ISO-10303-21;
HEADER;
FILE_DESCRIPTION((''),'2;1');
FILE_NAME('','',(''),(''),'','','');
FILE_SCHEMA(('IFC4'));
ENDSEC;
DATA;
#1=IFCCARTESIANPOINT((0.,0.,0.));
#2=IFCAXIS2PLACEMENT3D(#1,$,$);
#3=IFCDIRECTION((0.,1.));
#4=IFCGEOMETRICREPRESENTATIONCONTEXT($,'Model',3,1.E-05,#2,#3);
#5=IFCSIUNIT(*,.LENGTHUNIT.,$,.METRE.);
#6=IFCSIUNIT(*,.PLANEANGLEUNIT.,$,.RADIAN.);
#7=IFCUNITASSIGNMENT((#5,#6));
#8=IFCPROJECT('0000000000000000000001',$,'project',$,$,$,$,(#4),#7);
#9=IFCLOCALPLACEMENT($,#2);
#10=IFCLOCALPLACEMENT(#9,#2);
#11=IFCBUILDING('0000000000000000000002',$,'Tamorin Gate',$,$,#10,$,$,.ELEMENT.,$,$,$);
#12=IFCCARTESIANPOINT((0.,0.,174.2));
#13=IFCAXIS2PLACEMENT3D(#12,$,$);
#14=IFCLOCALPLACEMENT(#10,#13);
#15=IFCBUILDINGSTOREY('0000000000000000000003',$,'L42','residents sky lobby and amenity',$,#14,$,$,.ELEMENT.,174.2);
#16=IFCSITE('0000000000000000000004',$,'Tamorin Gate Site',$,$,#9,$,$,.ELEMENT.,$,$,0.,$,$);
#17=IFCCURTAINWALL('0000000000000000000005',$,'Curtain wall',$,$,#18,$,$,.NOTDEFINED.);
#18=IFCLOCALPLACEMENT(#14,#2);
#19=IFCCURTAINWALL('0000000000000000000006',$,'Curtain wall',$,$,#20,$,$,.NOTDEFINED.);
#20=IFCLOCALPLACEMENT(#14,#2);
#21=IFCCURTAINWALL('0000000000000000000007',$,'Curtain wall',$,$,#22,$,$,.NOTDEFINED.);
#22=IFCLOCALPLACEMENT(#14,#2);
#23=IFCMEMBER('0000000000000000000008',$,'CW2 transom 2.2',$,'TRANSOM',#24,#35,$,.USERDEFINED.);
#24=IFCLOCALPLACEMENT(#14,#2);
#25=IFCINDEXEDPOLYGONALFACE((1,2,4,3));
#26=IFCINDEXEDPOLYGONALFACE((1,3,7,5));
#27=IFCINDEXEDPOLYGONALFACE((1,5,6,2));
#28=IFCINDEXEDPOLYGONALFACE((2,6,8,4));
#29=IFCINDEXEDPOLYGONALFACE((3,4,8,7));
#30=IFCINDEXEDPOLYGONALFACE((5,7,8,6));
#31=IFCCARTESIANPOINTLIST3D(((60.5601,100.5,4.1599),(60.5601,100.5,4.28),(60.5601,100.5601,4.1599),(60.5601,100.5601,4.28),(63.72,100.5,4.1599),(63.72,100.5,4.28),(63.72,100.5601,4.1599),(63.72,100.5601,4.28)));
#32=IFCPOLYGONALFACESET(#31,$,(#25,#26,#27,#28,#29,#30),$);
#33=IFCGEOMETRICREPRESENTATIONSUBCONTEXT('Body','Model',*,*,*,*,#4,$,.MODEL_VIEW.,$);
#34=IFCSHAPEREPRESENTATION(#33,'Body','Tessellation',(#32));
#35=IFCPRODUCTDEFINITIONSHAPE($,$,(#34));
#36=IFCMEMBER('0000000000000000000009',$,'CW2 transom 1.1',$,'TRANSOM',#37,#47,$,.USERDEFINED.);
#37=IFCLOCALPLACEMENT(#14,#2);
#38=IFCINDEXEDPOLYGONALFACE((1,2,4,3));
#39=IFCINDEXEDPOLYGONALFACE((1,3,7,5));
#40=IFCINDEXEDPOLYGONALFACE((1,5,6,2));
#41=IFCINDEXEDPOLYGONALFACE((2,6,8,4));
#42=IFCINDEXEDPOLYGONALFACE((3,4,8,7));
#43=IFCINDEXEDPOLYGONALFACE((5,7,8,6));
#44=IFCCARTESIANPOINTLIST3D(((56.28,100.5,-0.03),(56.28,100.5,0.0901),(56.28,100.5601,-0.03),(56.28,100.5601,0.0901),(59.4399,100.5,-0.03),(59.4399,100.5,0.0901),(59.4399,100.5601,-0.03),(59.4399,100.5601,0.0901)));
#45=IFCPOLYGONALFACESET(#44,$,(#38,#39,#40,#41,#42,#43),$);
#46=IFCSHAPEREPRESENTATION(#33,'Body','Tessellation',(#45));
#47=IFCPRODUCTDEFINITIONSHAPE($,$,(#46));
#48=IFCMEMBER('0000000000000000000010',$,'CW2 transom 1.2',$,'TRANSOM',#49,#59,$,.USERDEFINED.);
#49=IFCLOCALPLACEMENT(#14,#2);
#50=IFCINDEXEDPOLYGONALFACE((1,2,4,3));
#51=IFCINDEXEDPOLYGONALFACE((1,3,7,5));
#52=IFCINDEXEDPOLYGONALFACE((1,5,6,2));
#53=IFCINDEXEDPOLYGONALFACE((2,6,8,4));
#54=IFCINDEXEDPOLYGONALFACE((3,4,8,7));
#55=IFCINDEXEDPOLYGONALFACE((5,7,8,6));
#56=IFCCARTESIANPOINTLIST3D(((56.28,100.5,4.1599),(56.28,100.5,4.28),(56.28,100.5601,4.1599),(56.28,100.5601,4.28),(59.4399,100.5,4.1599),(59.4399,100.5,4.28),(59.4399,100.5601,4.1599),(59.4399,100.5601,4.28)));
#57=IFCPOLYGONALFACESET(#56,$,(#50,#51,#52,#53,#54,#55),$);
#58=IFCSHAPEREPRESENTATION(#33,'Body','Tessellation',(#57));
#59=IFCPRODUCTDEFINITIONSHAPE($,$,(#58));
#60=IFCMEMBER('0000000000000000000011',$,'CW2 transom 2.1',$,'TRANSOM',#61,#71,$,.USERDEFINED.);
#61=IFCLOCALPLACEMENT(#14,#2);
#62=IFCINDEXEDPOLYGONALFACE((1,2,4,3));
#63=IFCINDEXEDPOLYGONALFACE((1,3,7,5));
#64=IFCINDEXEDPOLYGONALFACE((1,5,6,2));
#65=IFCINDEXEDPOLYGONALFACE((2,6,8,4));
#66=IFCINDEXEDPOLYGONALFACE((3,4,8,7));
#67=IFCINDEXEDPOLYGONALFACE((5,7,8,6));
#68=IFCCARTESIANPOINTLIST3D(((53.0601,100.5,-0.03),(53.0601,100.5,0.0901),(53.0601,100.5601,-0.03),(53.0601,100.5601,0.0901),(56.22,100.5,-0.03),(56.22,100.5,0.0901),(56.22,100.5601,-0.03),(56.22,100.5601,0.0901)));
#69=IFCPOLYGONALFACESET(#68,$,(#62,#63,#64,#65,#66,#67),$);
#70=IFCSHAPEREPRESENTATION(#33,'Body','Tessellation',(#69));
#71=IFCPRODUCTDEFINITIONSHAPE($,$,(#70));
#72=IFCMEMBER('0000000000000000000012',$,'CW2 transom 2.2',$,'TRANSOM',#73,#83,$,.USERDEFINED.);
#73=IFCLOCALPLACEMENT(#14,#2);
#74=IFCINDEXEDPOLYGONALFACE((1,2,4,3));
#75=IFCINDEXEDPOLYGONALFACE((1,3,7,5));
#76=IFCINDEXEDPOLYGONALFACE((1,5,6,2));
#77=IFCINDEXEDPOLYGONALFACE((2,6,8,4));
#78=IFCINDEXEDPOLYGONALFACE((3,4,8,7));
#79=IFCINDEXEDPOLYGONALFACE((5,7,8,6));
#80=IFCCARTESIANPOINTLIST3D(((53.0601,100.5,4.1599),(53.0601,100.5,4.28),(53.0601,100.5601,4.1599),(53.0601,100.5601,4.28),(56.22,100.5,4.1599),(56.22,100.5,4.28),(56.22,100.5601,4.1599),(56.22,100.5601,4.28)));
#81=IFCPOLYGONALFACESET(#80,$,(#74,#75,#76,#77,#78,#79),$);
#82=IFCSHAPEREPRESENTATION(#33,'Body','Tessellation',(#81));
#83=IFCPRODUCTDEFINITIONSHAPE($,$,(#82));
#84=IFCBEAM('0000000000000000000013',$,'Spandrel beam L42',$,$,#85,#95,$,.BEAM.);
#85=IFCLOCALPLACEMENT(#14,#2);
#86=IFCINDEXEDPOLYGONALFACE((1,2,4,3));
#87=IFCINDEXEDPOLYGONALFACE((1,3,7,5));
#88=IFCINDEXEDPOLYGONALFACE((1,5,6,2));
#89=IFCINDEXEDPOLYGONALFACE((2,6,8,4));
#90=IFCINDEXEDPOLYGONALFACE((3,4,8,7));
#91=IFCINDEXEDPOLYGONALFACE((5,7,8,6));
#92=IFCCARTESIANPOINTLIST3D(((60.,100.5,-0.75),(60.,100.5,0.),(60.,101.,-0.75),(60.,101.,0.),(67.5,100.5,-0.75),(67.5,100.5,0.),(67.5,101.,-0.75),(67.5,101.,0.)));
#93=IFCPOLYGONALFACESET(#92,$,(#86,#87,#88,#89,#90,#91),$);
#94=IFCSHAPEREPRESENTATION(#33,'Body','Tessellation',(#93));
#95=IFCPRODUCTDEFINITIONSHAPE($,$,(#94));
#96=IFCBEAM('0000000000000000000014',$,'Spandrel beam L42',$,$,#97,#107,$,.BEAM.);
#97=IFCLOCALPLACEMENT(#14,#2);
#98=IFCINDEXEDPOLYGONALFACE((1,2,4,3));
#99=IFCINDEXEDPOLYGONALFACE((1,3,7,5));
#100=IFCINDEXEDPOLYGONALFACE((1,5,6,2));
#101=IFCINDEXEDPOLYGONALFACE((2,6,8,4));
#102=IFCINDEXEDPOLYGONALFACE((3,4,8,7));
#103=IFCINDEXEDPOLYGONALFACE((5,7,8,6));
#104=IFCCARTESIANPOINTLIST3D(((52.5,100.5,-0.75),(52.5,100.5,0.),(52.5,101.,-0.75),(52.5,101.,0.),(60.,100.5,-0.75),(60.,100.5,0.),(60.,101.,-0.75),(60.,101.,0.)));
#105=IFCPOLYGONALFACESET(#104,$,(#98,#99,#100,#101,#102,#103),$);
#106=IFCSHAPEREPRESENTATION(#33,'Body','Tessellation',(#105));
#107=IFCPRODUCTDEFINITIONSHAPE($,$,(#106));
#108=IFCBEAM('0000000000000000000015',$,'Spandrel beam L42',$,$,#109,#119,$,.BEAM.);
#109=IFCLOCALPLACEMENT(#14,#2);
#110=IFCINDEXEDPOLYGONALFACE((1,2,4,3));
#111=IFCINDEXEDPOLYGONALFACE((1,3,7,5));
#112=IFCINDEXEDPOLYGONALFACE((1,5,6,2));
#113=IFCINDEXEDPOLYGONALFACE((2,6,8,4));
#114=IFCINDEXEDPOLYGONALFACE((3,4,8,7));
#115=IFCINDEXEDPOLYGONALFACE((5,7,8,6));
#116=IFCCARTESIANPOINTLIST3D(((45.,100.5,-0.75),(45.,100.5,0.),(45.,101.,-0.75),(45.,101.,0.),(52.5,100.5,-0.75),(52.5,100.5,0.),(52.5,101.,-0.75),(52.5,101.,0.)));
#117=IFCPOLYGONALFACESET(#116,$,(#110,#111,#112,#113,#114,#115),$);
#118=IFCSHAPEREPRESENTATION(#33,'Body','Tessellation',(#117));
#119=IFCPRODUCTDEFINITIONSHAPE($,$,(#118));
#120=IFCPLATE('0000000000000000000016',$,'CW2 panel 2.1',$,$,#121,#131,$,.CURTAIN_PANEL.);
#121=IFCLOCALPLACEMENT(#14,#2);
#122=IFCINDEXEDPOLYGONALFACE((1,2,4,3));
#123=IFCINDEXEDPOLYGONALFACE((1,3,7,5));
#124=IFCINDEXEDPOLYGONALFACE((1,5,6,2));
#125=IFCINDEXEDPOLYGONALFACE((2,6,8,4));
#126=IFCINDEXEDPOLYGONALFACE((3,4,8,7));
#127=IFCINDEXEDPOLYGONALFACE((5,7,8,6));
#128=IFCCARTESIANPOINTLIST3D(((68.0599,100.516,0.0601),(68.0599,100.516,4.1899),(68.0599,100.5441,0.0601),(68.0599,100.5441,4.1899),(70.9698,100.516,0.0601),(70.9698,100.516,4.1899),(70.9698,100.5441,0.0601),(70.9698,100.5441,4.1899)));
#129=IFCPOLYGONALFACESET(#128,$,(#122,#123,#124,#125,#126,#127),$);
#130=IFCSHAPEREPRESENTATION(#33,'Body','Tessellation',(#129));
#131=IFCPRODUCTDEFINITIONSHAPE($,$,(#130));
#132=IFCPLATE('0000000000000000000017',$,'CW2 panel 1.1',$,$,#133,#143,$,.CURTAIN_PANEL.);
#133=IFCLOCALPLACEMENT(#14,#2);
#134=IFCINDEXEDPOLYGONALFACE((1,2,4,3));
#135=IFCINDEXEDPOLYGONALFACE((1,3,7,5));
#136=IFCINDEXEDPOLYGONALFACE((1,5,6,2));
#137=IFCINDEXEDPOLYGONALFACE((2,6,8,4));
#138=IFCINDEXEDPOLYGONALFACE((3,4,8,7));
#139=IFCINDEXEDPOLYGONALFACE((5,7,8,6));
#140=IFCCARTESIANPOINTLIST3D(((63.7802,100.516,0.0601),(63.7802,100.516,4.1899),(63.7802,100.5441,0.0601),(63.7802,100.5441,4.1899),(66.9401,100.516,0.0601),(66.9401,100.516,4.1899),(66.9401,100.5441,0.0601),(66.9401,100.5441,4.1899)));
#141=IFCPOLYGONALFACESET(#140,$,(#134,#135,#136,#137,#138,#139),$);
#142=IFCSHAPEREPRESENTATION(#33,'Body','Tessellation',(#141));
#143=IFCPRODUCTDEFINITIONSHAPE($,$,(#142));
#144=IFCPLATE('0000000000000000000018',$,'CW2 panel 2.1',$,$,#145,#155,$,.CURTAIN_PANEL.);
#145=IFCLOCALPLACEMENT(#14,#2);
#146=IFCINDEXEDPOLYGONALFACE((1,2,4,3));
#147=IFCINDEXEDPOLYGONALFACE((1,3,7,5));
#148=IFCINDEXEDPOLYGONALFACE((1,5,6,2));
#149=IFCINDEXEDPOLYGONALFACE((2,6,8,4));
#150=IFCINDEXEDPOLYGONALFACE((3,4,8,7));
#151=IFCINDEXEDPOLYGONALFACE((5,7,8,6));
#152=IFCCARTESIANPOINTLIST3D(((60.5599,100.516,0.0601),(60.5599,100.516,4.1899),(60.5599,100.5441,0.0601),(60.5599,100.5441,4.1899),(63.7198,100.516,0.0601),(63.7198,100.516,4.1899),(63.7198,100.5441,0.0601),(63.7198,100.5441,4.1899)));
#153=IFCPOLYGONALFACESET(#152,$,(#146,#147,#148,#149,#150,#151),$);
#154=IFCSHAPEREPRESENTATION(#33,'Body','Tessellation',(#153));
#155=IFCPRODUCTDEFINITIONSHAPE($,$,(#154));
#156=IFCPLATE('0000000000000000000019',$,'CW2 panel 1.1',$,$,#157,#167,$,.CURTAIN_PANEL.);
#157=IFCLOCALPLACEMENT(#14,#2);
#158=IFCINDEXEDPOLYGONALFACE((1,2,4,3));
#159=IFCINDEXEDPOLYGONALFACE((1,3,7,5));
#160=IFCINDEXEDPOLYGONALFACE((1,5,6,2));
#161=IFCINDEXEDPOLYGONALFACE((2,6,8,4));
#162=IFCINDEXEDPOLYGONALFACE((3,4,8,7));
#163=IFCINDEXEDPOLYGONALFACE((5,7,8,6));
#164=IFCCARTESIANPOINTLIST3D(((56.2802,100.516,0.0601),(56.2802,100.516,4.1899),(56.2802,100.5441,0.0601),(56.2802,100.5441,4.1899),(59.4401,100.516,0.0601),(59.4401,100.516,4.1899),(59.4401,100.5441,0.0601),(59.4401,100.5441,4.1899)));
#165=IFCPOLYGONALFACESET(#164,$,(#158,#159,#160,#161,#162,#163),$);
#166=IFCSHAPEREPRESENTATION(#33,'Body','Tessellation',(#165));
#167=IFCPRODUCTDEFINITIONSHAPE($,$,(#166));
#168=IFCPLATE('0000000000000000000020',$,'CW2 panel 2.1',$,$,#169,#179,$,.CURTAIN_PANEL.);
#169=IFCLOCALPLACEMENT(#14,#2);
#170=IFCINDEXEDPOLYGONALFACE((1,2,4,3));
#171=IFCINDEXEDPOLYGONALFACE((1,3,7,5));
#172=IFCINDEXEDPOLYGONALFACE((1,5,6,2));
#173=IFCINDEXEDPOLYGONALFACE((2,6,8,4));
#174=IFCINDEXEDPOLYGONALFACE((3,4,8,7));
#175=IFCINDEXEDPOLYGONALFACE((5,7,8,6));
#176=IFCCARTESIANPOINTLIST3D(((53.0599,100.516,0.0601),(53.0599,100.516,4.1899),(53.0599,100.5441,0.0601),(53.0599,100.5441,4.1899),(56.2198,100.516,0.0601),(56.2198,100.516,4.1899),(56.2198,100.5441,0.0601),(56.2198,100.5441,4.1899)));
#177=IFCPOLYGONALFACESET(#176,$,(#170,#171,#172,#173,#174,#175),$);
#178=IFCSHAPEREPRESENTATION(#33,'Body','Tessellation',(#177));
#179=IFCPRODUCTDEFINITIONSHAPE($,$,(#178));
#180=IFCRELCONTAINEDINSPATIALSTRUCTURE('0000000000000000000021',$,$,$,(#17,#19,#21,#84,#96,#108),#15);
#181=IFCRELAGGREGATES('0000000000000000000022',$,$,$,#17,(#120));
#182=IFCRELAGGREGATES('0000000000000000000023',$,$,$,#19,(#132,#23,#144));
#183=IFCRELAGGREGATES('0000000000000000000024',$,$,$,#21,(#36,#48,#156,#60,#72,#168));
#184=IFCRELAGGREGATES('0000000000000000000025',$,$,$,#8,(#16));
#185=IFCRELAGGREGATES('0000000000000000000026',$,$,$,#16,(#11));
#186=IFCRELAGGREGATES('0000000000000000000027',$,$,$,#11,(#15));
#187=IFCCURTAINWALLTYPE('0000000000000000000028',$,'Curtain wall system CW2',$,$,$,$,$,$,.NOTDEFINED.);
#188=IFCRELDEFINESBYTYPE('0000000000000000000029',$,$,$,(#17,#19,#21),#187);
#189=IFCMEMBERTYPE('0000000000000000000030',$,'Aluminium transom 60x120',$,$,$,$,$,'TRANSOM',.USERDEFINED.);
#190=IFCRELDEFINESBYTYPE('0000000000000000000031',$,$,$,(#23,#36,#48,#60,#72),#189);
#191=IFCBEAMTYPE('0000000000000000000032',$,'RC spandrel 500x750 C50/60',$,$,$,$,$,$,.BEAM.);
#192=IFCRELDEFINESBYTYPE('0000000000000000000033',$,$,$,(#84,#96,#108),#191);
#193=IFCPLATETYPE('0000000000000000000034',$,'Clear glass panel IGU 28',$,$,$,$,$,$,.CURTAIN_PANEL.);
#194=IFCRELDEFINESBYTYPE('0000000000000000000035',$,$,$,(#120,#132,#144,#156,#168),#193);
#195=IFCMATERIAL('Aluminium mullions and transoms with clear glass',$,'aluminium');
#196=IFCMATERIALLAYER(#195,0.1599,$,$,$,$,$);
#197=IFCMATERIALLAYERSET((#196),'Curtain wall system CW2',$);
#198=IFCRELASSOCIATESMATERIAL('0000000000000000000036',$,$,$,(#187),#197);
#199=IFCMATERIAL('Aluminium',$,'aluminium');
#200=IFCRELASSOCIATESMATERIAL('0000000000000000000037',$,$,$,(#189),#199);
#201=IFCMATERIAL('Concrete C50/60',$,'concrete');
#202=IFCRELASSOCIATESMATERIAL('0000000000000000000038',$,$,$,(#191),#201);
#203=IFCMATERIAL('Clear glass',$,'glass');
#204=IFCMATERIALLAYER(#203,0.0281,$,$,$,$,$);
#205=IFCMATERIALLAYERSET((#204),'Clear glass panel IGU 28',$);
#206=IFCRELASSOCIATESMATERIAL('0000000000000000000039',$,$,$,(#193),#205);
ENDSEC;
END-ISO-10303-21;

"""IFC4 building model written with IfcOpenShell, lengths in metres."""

from ifc_helpers import new_model, si_unit, direction, frame, origin, origin_2d, place, context, subcontext, project, spatial, rectangle, extrude, material, layer, layer_set, material_profile, profile_set, type_object, element, aggregate, save


model = new_model("IFC4")

# Units and contexts
model_context = context("Model", 3, precision=1e-05, world=origin(), true_north=direction((0.0, 1.0)))
body_context = subcontext(model_context, "Body", "Model", "MODEL_VIEW")
ifc_project = project(units=[si_unit("LENGTHUNIT", "METRE"), si_unit("PLANEANGLEUNIT", "RADIAN")], contexts=[model_context])

# Site, building, storey
site_placement = place(None, origin())
site = spatial("IfcSite", under=ifc_project, at=site_placement, Name="Tamorin Gate Site", CompositionType="ELEMENT", RefElevation=0.0)
building_placement = place(site_placement, origin())
building = spatial("IfcBuilding", under=site, at=building_placement, Name="Tamorin Gate", CompositionType="ELEMENT")
storey_placement = place(building_placement, frame((0.0, 0.0, 174.2)))
storey = spatial("IfcBuildingStorey", under=building, at=storey_placement, Name="L42", Description="residents sky lobby and amenity", CompositionType="ELEMENT", Elevation=174.2)

# Curtain wall
ifc_material_1 = material(Name="Aluminium mullions and transoms with clear glass", Category="aluminium")
ifc_layer_1 = layer(ifc_material_1, 0.1599)
ifc_layer_set_1 = layer_set([ifc_layer_1], Name="Curtain wall system CW2")
curtain_wall_type = type_object("IfcCurtainWallType", Name="Curtain wall system CW2", PredefinedType="NOTDEFINED", material=ifc_layer_set_1)
curtain_wall_1_placement = place(storey_placement, origin())
curtain_wall_1 = element("IfcCurtainWall", 1, at=curtain_wall_1_placement, inside=storey, type_object=curtain_wall_type, Name="Curtain wall", PredefinedType="NOTDEFINED")
ifc_material_2 = material(Name="Aluminium", Category="aluminium")

# Curtain walls
curtain_wall_2_placement = place(storey_placement, origin())
curtain_wall_2 = element("IfcCurtainWall", 2, at=curtain_wall_2_placement, inside=storey, type_object=curtain_wall_type, Name="Curtain wall", PredefinedType="NOTDEFINED")
curtain_wall_3_placement = place(storey_placement, origin())
curtain_wall_3 = element("IfcCurtainWall", 3, at=curtain_wall_3_placement, inside=storey, type_object=curtain_wall_type, Name="Curtain wall", PredefinedType="NOTDEFINED")

# Members
ifc_material_profile_1 = material_profile(ifc_material_2, rectangle(XDim=0.0601, YDim=0.1201, at=origin_2d()), Name="RECT 60x120")
ifc_profile_set_1 = profile_set([ifc_material_profile_1], Name="Aluminium")
member_type_1 = type_object("IfcMemberType", Name="Aluminium transom 60x120", ElementType="TRANSOM", PredefinedType="USERDEFINED", material=ifc_profile_set_1)
member_1_placement = place(storey_placement, frame((63.72, 100.53, 4.22), z_axis=(-1.0, 0.0, 0.0), x_axis=(0.0, -1.0, 0.0)))
member_1 = element("IfcMember", 4, at=member_1_placement, type_object=member_type_1, Name="CW2 transom 2.2", ObjectType="TRANSOM", PredefinedType="USERDEFINED", context=body_context, shape_type="SweptSolid", body=[
    extrude(rectangle(XDim=0.0601, YDim=0.1201, at=origin_2d()), origin(), (0.0, 0.0, 1.0), 3.1599),
])
member_2_placement = place(storey_placement, frame((59.4399, 100.53, 0.03), z_axis=(-1.0, 0.0, 0.0), x_axis=(0.0, -1.0, 0.0)))
member_2 = element("IfcMember", 5, at=member_2_placement, type_object=member_type_1, Name="CW2 transom 1.1", ObjectType="TRANSOM", PredefinedType="USERDEFINED", context=body_context, shape_type="SweptSolid", body=[
    extrude(rectangle(XDim=0.0601, YDim=0.1201, at=origin_2d()), origin(), (0.0, 0.0, 1.0), 3.1599),
])
member_3_placement = place(storey_placement, frame((59.4399, 100.53, 4.22), z_axis=(-1.0, 0.0, 0.0), x_axis=(0.0, -1.0, 0.0)))
member_3 = element("IfcMember", 6, at=member_3_placement, type_object=member_type_1, Name="CW2 transom 1.2", ObjectType="TRANSOM", PredefinedType="USERDEFINED", context=body_context, shape_type="SweptSolid", body=[
    extrude(rectangle(XDim=0.0601, YDim=0.1201, at=origin_2d()), origin(), (0.0, 0.0, 1.0), 3.1599),
])
member_4_placement = place(storey_placement, frame((56.22, 100.53, 0.03), z_axis=(-1.0, 0.0, 0.0), x_axis=(0.0, -1.0, 0.0)))
member_4 = element("IfcMember", 7, at=member_4_placement, type_object=member_type_1, Name="CW2 transom 2.1", ObjectType="TRANSOM", PredefinedType="USERDEFINED", context=body_context, shape_type="SweptSolid", body=[
    extrude(rectangle(XDim=0.0601, YDim=0.1201, at=origin_2d()), origin(), (0.0, 0.0, 1.0), 3.1599),
])
member_5_placement = place(storey_placement, frame((56.22, 100.53, 4.22), z_axis=(-1.0, 0.0, 0.0), x_axis=(0.0, -1.0, 0.0)))
member_5 = element("IfcMember", 8, at=member_5_placement, type_object=member_type_1, Name="CW2 transom 2.2", ObjectType="TRANSOM", PredefinedType="USERDEFINED", context=body_context, shape_type="SweptSolid", body=[
    extrude(rectangle(XDim=0.0601, YDim=0.1201, at=origin_2d()), origin(), (0.0, 0.0, 1.0), 3.1599),
])

# Beams
ifc_material_3 = material(Name="Concrete C50/60", Category="concrete")
ifc_material_profile_2 = material_profile(ifc_material_3, rectangle(XDim=0.5, YDim=0.75, at=origin_2d()), Name="RC 500x750")
ifc_profile_set_2 = profile_set([ifc_material_profile_2], Name="Concrete C50/60")
beam_type = type_object("IfcBeamType", Name="RC spandrel 500x750 C50/60", PredefinedType="BEAM", material=ifc_profile_set_2)
for number, where, z_axis, x_axis, name in (
    (9, (67.5, 100.75, -0.375), (-1.0, 0.0, 0.0), (0.0, -1.0, 0.0), "Spandrel beam L42"),
    (10, (60.0, 100.75, -0.375), (-1.0, 0.0, 0.0), (0.0, -1.0, 0.0), "Spandrel beam L42"),
    (11, (52.5, 100.75, -0.375), (-1.0, 0.0, 0.0), (0.0, -1.0, 0.0), "Spandrel beam L42"),
):
    element("IfcBeam", number, at=place(storey_placement, frame(where, z_axis=z_axis, x_axis=x_axis)), inside=storey, type_object=beam_type, Name=name, PredefinedType="BEAM", context=body_context, shape_type="SweptSolid", body=[
        extrude(rectangle(XDim=0.5, YDim=0.75, at=origin_2d()), origin(), (0.0, 0.0, 1.0), 7.5),
    ])

# Plates
ifc_material_4 = material(Name="Clear glass", Category="glass")
ifc_layer_2 = layer(ifc_material_4, 0.0281)
ifc_layer_set_2 = layer_set([ifc_layer_2], Name="Clear glass panel IGU 28")
plate_type = type_object("IfcPlateType", Name="Clear glass panel IGU 28", PredefinedType="CURTAIN_PANEL", material=ifc_layer_set_2)
plate_1_placement = place(storey_placement, frame((69.5149, 100.53, 0.0601), z_axis=(0.0, 0.0, 1.0), x_axis=(-1.0, 0.0, 0.0)))
plate_1 = element("IfcPlate", 12, at=plate_1_placement, type_object=plate_type, Name="CW2 panel 2.1", PredefinedType="CURTAIN_PANEL", context=body_context, shape_type="SweptSolid", body=[
    extrude(rectangle(XDim=2.9099, YDim=0.0281, at=origin_2d()), origin(), (0.0, 0.0, 1.0), 4.1299),
])
aggregate(curtain_wall_1, [plate_1])
plate_2_placement = place(storey_placement, frame((65.3601, 100.53, 0.0601), z_axis=(0.0, 0.0, 1.0), x_axis=(-1.0, 0.0, 0.0)))
plate_2 = element("IfcPlate", 13, at=plate_2_placement, type_object=plate_type, Name="CW2 panel 1.1", PredefinedType="CURTAIN_PANEL", context=body_context, shape_type="SweptSolid", body=[
    extrude(rectangle(XDim=3.1599, YDim=0.0281, at=origin_2d()), origin(), (0.0, 0.0, 1.0), 4.1299),
])
plate_3_placement = place(storey_placement, frame((62.1399, 100.53, 0.0601), z_axis=(0.0, 0.0, 1.0), x_axis=(-1.0, 0.0, 0.0)))
plate_3 = element("IfcPlate", 14, at=plate_3_placement, type_object=plate_type, Name="CW2 panel 2.1", PredefinedType="CURTAIN_PANEL", context=body_context, shape_type="SweptSolid", body=[
    extrude(rectangle(XDim=3.1599, YDim=0.0281, at=origin_2d()), origin(), (0.0, 0.0, 1.0), 4.1299),
])
aggregate(curtain_wall_2, [plate_2, member_1, plate_3])
plate_4_placement = place(storey_placement, frame((57.8601, 100.53, 0.0601), z_axis=(0.0, 0.0, 1.0), x_axis=(-1.0, 0.0, 0.0)))
plate_4 = element("IfcPlate", 15, at=plate_4_placement, type_object=plate_type, Name="CW2 panel 1.1", PredefinedType="CURTAIN_PANEL", context=body_context, shape_type="SweptSolid", body=[
    extrude(rectangle(XDim=3.1599, YDim=0.0281, at=origin_2d()), origin(), (0.0, 0.0, 1.0), 4.1299),
])
plate_5_placement = place(storey_placement, frame((54.6399, 100.53, 0.0601), z_axis=(0.0, 0.0, 1.0), x_axis=(-1.0, 0.0, 0.0)))
plate_5 = element("IfcPlate", 16, at=plate_5_placement, type_object=plate_type, Name="CW2 panel 2.1", PredefinedType="CURTAIN_PANEL", context=body_context, shape_type="SweptSolid", body=[
    extrude(rectangle(XDim=3.1599, YDim=0.0281, at=origin_2d()), origin(), (0.0, 0.0, 1.0), 4.1299),
])
aggregate(curtain_wall_3, [member_2, member_3, plate_4, member_4, member_5, plate_5])

save(model, "model.ifc")
